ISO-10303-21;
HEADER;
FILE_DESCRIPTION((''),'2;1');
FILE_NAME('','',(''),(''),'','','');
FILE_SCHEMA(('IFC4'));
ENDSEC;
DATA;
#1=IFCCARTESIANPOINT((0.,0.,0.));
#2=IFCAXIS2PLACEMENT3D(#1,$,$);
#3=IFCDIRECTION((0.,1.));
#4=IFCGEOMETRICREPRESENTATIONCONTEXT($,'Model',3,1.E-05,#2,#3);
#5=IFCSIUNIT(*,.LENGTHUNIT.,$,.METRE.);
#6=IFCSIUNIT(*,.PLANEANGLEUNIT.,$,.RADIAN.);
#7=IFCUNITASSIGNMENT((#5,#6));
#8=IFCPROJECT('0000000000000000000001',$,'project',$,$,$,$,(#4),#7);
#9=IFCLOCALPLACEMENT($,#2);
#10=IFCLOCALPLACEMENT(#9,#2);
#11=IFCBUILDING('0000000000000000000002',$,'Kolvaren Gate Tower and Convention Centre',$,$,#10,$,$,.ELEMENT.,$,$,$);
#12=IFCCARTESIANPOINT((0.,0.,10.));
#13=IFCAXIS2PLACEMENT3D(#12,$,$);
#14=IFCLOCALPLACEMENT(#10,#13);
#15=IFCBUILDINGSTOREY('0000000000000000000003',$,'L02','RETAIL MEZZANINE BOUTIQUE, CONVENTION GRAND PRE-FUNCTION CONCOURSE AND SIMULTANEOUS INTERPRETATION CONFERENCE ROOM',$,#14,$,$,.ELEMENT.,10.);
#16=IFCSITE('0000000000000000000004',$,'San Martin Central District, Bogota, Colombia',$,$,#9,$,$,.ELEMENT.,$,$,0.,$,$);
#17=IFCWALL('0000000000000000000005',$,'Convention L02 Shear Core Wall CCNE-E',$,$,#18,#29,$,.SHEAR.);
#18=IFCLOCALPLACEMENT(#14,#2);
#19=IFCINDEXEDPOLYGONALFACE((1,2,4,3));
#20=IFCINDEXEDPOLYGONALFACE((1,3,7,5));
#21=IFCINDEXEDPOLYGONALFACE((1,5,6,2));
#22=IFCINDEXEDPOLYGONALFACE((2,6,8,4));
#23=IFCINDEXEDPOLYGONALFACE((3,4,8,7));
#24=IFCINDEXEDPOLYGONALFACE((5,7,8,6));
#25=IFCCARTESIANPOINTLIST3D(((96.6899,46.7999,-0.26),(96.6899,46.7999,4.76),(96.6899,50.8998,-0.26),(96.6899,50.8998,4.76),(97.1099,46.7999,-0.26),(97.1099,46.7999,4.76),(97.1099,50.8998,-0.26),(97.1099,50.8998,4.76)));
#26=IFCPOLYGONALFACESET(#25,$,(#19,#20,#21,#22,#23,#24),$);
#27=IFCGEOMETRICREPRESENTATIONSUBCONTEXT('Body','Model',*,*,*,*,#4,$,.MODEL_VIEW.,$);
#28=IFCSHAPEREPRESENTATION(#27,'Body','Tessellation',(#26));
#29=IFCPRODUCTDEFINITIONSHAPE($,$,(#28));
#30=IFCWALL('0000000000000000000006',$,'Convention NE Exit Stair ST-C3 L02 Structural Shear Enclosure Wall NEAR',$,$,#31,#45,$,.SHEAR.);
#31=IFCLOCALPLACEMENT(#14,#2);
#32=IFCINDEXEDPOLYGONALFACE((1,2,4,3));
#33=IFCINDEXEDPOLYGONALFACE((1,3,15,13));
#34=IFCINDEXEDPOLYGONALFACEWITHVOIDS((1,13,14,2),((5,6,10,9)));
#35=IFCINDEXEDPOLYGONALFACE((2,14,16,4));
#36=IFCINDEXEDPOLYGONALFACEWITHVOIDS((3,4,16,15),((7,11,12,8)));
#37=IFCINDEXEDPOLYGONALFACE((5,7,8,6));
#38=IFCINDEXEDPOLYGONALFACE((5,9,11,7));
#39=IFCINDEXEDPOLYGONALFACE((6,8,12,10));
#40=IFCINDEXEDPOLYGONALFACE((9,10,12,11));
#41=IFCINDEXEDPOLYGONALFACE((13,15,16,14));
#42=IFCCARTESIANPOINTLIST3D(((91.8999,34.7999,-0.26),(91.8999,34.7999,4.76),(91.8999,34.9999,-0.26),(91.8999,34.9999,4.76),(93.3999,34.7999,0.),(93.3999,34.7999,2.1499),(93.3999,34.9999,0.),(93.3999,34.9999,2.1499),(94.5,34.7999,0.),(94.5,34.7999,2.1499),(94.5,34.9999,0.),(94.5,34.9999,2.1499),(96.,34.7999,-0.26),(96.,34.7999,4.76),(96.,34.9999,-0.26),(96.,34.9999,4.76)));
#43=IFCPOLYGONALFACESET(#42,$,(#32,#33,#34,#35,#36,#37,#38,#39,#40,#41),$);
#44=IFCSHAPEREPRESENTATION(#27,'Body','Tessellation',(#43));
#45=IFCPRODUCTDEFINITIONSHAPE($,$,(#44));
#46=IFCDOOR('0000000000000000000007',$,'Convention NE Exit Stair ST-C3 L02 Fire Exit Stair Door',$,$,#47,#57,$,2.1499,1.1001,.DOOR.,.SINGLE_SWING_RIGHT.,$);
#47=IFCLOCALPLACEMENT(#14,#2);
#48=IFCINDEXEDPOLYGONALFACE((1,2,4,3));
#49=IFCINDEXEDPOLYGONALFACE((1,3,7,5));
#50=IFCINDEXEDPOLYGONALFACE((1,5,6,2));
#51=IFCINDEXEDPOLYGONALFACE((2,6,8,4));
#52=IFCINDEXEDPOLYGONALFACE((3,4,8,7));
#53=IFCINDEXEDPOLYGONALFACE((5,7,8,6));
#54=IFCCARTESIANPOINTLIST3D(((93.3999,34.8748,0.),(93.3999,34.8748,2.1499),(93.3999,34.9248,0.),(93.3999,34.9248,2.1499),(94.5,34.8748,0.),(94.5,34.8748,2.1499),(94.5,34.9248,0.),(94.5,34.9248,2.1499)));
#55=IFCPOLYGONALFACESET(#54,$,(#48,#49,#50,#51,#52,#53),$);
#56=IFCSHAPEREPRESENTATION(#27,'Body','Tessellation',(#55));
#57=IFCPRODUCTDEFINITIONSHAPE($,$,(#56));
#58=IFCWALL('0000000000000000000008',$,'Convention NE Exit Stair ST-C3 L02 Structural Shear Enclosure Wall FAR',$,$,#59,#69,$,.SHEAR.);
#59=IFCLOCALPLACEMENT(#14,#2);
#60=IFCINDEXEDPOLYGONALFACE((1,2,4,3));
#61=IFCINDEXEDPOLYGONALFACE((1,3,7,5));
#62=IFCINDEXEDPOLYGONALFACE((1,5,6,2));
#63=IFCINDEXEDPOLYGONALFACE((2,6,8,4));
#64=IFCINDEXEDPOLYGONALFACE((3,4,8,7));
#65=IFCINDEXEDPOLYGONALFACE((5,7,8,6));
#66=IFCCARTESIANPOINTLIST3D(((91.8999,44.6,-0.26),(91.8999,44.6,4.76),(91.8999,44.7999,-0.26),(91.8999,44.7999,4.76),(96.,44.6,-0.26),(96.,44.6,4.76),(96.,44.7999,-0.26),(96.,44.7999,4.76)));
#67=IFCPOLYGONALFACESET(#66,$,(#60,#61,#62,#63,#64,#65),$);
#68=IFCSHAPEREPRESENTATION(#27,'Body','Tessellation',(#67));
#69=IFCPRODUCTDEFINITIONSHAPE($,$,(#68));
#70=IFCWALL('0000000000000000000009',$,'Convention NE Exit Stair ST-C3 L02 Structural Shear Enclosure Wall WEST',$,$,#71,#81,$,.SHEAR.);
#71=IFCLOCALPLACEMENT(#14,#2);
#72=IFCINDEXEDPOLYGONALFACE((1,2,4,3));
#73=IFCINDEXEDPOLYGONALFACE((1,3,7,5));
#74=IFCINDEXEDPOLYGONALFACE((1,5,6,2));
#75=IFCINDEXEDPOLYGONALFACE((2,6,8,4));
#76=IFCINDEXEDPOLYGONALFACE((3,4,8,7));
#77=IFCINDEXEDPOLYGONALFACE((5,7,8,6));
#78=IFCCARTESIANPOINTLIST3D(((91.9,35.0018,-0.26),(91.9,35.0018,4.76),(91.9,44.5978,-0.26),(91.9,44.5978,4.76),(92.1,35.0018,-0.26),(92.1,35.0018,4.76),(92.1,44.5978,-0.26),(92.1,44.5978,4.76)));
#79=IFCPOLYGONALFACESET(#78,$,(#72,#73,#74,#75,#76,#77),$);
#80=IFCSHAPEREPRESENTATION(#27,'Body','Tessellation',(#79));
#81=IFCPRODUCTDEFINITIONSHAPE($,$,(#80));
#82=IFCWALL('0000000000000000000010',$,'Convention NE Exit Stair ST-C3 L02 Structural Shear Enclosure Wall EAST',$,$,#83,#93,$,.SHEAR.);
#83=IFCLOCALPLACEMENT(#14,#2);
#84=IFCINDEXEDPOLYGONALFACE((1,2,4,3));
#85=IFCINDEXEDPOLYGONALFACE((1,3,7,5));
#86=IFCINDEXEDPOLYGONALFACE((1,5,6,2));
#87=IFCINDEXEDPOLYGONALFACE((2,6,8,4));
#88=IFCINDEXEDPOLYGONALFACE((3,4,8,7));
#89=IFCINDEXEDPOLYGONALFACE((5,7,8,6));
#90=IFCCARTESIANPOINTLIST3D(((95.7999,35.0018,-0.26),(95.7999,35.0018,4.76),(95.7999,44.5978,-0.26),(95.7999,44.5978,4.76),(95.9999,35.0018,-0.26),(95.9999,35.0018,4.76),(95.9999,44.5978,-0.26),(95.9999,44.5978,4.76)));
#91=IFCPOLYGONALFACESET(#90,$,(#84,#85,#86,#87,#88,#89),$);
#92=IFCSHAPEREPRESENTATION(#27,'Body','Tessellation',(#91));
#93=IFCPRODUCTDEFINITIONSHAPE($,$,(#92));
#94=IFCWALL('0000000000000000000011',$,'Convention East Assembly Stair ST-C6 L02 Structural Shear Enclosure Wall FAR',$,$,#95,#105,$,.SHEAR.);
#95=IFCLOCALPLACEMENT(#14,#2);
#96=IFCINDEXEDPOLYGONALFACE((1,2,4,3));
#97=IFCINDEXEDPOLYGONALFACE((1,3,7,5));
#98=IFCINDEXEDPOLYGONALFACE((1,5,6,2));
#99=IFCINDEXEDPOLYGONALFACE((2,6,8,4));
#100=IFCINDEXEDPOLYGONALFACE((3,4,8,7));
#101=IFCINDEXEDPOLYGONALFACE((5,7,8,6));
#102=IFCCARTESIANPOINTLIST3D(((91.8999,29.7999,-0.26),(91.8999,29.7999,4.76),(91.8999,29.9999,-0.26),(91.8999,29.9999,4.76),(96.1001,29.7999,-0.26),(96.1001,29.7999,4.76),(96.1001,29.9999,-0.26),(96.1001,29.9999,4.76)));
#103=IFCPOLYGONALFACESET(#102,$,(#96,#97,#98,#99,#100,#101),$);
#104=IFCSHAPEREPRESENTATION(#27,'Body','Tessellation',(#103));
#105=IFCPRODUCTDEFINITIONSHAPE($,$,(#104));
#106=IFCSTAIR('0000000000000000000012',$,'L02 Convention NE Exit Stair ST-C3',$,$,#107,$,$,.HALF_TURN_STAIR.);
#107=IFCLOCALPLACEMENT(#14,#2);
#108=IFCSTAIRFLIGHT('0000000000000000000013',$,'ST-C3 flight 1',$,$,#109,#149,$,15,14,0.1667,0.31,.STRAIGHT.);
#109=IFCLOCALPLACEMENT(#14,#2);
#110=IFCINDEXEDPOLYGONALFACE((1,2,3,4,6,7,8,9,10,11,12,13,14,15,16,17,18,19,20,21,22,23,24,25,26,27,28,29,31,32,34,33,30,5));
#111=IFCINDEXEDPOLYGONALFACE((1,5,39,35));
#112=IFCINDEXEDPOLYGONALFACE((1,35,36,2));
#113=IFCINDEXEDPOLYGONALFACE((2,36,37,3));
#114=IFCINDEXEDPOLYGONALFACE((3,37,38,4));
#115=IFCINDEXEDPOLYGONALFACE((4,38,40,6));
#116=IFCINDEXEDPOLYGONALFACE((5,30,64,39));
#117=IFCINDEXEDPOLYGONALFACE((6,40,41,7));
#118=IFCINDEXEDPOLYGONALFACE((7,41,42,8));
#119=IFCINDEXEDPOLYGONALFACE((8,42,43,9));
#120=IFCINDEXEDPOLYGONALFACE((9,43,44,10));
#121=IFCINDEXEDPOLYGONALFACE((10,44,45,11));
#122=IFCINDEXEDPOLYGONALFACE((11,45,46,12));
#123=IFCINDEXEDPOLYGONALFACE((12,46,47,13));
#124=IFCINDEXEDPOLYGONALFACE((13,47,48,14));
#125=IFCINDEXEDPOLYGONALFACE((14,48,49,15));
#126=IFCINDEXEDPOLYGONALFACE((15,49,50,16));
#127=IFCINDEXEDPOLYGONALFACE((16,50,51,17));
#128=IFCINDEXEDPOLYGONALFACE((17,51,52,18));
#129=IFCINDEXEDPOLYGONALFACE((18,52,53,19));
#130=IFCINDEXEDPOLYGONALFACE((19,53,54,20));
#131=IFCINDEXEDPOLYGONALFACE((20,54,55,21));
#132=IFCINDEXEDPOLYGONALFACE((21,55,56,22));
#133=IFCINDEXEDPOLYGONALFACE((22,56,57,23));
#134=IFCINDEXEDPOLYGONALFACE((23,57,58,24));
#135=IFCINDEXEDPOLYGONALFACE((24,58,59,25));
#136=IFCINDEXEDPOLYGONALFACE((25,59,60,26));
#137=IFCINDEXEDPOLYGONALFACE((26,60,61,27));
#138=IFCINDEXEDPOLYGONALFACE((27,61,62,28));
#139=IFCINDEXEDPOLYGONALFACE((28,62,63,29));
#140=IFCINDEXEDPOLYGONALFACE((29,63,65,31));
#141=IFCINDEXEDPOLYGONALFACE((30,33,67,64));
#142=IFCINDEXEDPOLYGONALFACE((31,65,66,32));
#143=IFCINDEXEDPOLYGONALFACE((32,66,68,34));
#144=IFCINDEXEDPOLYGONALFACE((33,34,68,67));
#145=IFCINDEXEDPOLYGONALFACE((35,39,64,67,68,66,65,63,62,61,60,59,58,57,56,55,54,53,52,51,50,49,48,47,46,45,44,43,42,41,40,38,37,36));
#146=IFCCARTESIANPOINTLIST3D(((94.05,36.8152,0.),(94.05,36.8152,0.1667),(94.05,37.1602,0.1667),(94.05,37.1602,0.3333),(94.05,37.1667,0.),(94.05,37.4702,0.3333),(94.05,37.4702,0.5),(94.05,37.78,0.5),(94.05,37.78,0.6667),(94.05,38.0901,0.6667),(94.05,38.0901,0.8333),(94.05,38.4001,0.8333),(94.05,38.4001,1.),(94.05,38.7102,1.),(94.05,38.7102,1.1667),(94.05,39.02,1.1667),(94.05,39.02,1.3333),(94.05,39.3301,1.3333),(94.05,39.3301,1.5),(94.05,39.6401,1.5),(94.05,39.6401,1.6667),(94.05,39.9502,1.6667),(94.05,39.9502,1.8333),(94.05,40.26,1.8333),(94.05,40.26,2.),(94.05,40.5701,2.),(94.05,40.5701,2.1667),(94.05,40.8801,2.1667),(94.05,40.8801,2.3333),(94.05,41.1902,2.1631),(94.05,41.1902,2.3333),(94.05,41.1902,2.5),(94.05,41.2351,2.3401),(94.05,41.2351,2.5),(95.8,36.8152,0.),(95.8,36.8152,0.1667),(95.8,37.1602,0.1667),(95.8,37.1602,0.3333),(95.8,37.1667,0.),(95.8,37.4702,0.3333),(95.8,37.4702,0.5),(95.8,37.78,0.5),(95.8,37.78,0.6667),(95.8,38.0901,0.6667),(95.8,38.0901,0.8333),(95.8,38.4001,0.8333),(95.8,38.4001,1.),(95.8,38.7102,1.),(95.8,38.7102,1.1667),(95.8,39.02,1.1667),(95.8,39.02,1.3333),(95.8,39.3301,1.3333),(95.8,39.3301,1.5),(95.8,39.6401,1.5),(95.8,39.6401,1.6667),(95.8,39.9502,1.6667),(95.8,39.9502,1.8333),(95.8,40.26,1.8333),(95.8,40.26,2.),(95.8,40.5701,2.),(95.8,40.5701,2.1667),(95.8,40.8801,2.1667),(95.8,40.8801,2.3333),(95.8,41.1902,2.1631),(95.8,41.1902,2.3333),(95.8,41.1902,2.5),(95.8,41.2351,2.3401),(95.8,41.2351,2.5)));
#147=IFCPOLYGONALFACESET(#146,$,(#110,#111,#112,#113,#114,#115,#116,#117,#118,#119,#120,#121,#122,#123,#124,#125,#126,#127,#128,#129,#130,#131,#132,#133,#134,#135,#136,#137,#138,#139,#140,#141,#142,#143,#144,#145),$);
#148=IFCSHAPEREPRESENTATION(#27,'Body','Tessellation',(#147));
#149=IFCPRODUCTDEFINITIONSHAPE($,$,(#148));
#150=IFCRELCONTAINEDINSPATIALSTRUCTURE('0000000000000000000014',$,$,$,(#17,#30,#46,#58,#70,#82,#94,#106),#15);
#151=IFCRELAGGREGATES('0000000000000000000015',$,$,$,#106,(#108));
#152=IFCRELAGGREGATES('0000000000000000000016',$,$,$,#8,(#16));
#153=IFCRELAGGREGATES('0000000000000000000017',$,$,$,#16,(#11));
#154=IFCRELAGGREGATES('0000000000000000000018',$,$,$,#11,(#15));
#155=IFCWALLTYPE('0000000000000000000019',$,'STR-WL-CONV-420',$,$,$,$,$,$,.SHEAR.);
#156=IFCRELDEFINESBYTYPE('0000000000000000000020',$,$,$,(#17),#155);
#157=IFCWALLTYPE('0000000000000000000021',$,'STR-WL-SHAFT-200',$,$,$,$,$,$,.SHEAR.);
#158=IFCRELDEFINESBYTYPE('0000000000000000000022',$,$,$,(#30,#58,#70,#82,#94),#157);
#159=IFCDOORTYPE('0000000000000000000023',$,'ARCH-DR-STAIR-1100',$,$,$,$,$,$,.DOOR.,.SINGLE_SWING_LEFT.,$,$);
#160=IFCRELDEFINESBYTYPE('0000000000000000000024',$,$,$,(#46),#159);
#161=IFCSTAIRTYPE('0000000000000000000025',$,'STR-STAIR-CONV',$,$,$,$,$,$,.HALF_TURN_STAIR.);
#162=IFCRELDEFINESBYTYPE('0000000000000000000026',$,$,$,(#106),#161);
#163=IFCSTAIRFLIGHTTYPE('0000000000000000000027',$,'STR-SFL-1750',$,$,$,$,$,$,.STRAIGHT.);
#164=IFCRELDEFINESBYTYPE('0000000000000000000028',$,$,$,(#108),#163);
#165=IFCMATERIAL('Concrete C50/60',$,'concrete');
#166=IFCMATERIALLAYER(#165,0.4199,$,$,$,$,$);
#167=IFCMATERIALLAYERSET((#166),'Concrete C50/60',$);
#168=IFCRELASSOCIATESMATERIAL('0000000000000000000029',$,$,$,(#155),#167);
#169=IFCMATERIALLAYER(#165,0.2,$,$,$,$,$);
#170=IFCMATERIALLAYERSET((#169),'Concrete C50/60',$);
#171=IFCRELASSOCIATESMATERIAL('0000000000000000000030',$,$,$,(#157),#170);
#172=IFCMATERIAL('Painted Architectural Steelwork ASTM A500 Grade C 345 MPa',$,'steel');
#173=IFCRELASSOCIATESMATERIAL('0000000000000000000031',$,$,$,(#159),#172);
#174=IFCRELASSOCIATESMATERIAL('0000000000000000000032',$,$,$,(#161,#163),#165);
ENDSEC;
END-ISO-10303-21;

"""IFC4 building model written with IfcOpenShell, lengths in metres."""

from ifc_helpers import new_model, si_unit, direction, frame, frame_2d, origin, place, context, subcontext, project, spatial, polyline, rectangle, outline, extrude, material, layer, layer_set, type_object, element, fill, aggregate, save


model = new_model("IFC4")

# Units and contexts
model_context = context("Model", 3, precision=1e-05, world=origin(), true_north=direction((0.0, 1.0)))
body_context = subcontext(model_context, "Body", "Model", "MODEL_VIEW")
ifc_project = project(units=[si_unit("LENGTHUNIT", "METRE"), si_unit("PLANEANGLEUNIT", "RADIAN")], contexts=[model_context])

# Site, building, storey
site_placement = place(None, origin())
site = spatial("IfcSite", under=ifc_project, at=site_placement, Name="San Martin Central District, Bogota, Colombia", CompositionType="ELEMENT", RefElevation=0.0)
building_placement = place(site_placement, origin())
building = spatial("IfcBuilding", under=site, at=building_placement, Name="Kolvaren Gate Tower and Convention Centre", CompositionType="ELEMENT")
storey_placement = place(building_placement, frame((0.0, 0.0, 10.0)))
storey = spatial("IfcBuildingStorey", under=building, at=storey_placement, Name="L02", Description="RETAIL MEZZANINE BOUTIQUE, CONVENTION GRAND PRE-FUNCTION CONCOURSE AND SIMULTANEOUS INTERPRETATION CONFERENCE ROOM", CompositionType="ELEMENT", Elevation=10.0)

# Wall
ifc_material_1 = material(Name="Concrete C50/60", Category="concrete")
ifc_layer_1 = layer(ifc_material_1, 0.4199)
ifc_layer_set_1 = layer_set([ifc_layer_1], Name="Concrete C50/60")
wall_type_1 = type_object("IfcWallType", Name="STR-WL-CONV-420", PredefinedType="SHEAR", material=ifc_layer_set_1)
wall_1_placement = place(storey_placement, frame((96.8999, 46.8, -0.26), z_axis=(0.0, 0.0, 1.0), x_axis=(0.0, 1.0, 0.0)))
element("IfcWall", 1, at=wall_1_placement, inside=storey, type_object=wall_type_1, Name="Convention L02 Shear Core Wall CCNE-E", PredefinedType="SHEAR", context=body_context, shape_type="SweptSolid", body=[
    extrude(rectangle(XDim=4.0999, YDim=0.4199, at=frame_2d((2.0498, 0.0))), origin(), (0.0, 0.0, 1.0), 5.02),
])

# Wall, opening, door
ifc_layer_2 = layer(ifc_material_1, 0.2)
ifc_layer_set_2 = layer_set([ifc_layer_2], Name="Concrete C50/60")
wall_type_2 = type_object("IfcWallType", Name="STR-WL-SHAFT-200", PredefinedType="SHEAR", material=ifc_layer_set_2)
wall_2_placement = place(storey_placement, frame((91.8999, 34.8999, -0.26), z_axis=(0.0, 0.0, 1.0), x_axis=(1.0, 0.0, 0.0)))
wall_2 = element("IfcWall", 2, at=wall_2_placement, inside=storey, type_object=wall_type_2, Name="Convention NE Exit Stair ST-C3 L02 Structural Shear Enclosure Wall NEAR", PredefinedType="SHEAR", context=body_context, shape_type="SweptSolid", body=[
    extrude(rectangle(XDim=4.1001, YDim=0.2, at=frame_2d((2.05, 0.0))), origin(), (0.0, 0.0, 1.0), 5.02),
])
opening_1_placement = place(wall_2_placement, frame((1.5, 0.0, 0.26)))
opening_1 = element("IfcOpeningElement", 3, at=opening_1_placement, cuts=wall_2, PredefinedType="OPENING", context=body_context, shape_type="SweptSolid", body=[
    extrude(rectangle(XDim=1.1001, YDim=2.1499, at=frame_2d((0.55, 1.075))), frame((0.0, 0.1099, 0.0), z_axis=(0.0, -1.0, 0.0), x_axis=(1.0, 0.0, 0.0)), (0.0, 0.0, 1.0), 0.22),
])
ifc_material_2 = material(Name="Painted Architectural Steelwork ASTM A500 Grade C 345 MPa", Category="steel")
door_type_1 = type_object("IfcDoorType", Name="ARCH-DR-STAIR-1100", OperationType="SINGLE_SWING_LEFT", PredefinedType="DOOR", material=ifc_material_2)
door_1_placement = place(opening_1_placement, origin())
door_1 = element("IfcDoor", 4, at=door_1_placement, inside=storey, type_object=door_type_1, Name="Convention NE Exit Stair ST-C3 L02 Fire Exit Stair Door", OperationType="SINGLE_SWING_RIGHT", OverallHeight=2.1499, OverallWidth=1.1001, PredefinedType="DOOR", context=body_context, shape_type="SweptSolid", body=[
    extrude(rectangle(XDim=1.1001, YDim=2.1499, at=frame_2d((0.55, 1.075))), frame((0.0, 0.0249, 0.0), z_axis=(0.0, -1.0, 0.0), x_axis=(1.0, 0.0, 0.0)), (0.0, 0.0, 1.0), 0.05),
])
fill(opening_1, door_1)

# Walls
wall_3_placement = place(storey_placement, frame((91.8999, 44.7, -0.26), z_axis=(0.0, 0.0, 1.0), x_axis=(1.0, 0.0, 0.0)))
element("IfcWall", 5, at=wall_3_placement, inside=storey, type_object=wall_type_2, Name="Convention NE Exit Stair ST-C3 L02 Structural Shear Enclosure Wall FAR", PredefinedType="SHEAR", context=body_context, shape_type="SweptSolid", body=[
    extrude(rectangle(XDim=4.1001, YDim=0.2, at=frame_2d((2.05, 0.0))), origin(), (0.0, 0.0, 1.0), 5.02),
])
for number, where, z_axis, x_axis, name in (
    (6, (92.0, 35.002, -0.26), (0.0, 0.0, 1.0), (0.0, 1.0, 0.0), "Convention NE Exit Stair ST-C3 L02 Structural Shear Enclosure Wall WEST"),
    (7, (95.8999, 35.002, -0.26), (0.0, 0.0, 1.0), (0.0, 1.0, 0.0), "Convention NE Exit Stair ST-C3 L02 Structural Shear Enclosure Wall EAST"),
):
    element("IfcWall", number, at=place(storey_placement, frame(where, z_axis=z_axis, x_axis=x_axis)), inside=storey, type_object=wall_type_2, Name=name, PredefinedType="SHEAR", context=body_context, shape_type="SweptSolid", body=[
        extrude(rectangle(XDim=9.5959, YDim=0.2, at=frame_2d((4.7979, 0.0))), origin(), (0.0, 0.0, 1.0), 5.02),
    ])
wall_4_placement = place(storey_placement, frame((91.8999, 29.8999, -0.26), z_axis=(0.0, 0.0, 1.0), x_axis=(1.0, 0.0, 0.0)))
element("IfcWall", 8, at=wall_4_placement, inside=storey, type_object=wall_type_2, Name="Convention East Assembly Stair ST-C6 L02 Structural Shear Enclosure Wall FAR", PredefinedType="SHEAR", context=body_context, shape_type="SweptSolid", body=[
    extrude(rectangle(XDim=4.2002, YDim=0.2, at=frame_2d((2.1001, 0.0))), origin(), (0.0, 0.0, 1.0), 5.02),
])

# Stair, stair flight
stair_type = type_object("IfcStairType", Name="STR-STAIR-CONV", PredefinedType="HALF_TURN_STAIR", material=ifc_material_1)
stair_placement = place(storey_placement, origin())
stair = element("IfcStair", 9, at=stair_placement, inside=storey, type_object=stair_type, Name="L02 Convention NE Exit Stair ST-C3", PredefinedType="HALF_TURN_STAIR")
stair_flight_type = type_object("IfcStairFlightType", Name="STR-SFL-1750", PredefinedType="STRAIGHT", material=ifc_material_1)
stair_flight_1_placement = place(storey_placement, frame((94.925, 36.8501, 0.0), z_axis=(0.0, 0.0, 1.0), x_axis=(0.0, 1.0, 0.0)))
stair_flight_1 = element("IfcStairFlight", 10, at=stair_flight_1_placement, type_object=stair_flight_type, Name="ST-C3 flight 1", NumberOfRisers=15, NumberOfTreads=14, PredefinedType="STRAIGHT", RiserHeight=0.1667, TreadLength=0.31, context=body_context, shape_type="SweptSolid", body=[
    extrude(outline(polyline([(-0.0349, 0.0), (-0.0349, 0.1667), (0.3101, 0.1667), (0.3101, 0.3333), (0.6201, 0.3333), (0.6201, 0.5), (0.9299, 0.5), (0.9299, 0.6667), (1.24, 0.6667), (1.24, 0.8333), (1.55, 0.8333), (1.55, 1.0), (1.8601, 1.0), (1.8601, 1.1667), (2.1699, 1.1667), (2.1699, 1.3333), (2.48, 1.3333), (2.48, 1.5), (2.79, 1.5), (2.79, 1.6667), (3.1001, 1.6667), (3.1001, 1.8333), (3.4099, 1.8333), (3.4099, 2.0), (3.72, 2.0), (3.72, 2.1667), (4.03, 2.1667), (4.03, 2.3333), (4.3401, 2.3333), (4.3401, 2.5), (4.385, 2.5), (4.385, 2.3401), (4.3401, 2.1631), (0.3167, 0.0), (-0.0349, 0.0)])), frame((0.0, 0.875, 0.0), z_axis=(0.0, -1.0, 0.0), x_axis=(1.0, 0.0, 0.0)), (0.0, 0.0, 1.0), 1.75),
])
aggregate(stair, [stair_flight_1])

save(model, "model.ifc")
